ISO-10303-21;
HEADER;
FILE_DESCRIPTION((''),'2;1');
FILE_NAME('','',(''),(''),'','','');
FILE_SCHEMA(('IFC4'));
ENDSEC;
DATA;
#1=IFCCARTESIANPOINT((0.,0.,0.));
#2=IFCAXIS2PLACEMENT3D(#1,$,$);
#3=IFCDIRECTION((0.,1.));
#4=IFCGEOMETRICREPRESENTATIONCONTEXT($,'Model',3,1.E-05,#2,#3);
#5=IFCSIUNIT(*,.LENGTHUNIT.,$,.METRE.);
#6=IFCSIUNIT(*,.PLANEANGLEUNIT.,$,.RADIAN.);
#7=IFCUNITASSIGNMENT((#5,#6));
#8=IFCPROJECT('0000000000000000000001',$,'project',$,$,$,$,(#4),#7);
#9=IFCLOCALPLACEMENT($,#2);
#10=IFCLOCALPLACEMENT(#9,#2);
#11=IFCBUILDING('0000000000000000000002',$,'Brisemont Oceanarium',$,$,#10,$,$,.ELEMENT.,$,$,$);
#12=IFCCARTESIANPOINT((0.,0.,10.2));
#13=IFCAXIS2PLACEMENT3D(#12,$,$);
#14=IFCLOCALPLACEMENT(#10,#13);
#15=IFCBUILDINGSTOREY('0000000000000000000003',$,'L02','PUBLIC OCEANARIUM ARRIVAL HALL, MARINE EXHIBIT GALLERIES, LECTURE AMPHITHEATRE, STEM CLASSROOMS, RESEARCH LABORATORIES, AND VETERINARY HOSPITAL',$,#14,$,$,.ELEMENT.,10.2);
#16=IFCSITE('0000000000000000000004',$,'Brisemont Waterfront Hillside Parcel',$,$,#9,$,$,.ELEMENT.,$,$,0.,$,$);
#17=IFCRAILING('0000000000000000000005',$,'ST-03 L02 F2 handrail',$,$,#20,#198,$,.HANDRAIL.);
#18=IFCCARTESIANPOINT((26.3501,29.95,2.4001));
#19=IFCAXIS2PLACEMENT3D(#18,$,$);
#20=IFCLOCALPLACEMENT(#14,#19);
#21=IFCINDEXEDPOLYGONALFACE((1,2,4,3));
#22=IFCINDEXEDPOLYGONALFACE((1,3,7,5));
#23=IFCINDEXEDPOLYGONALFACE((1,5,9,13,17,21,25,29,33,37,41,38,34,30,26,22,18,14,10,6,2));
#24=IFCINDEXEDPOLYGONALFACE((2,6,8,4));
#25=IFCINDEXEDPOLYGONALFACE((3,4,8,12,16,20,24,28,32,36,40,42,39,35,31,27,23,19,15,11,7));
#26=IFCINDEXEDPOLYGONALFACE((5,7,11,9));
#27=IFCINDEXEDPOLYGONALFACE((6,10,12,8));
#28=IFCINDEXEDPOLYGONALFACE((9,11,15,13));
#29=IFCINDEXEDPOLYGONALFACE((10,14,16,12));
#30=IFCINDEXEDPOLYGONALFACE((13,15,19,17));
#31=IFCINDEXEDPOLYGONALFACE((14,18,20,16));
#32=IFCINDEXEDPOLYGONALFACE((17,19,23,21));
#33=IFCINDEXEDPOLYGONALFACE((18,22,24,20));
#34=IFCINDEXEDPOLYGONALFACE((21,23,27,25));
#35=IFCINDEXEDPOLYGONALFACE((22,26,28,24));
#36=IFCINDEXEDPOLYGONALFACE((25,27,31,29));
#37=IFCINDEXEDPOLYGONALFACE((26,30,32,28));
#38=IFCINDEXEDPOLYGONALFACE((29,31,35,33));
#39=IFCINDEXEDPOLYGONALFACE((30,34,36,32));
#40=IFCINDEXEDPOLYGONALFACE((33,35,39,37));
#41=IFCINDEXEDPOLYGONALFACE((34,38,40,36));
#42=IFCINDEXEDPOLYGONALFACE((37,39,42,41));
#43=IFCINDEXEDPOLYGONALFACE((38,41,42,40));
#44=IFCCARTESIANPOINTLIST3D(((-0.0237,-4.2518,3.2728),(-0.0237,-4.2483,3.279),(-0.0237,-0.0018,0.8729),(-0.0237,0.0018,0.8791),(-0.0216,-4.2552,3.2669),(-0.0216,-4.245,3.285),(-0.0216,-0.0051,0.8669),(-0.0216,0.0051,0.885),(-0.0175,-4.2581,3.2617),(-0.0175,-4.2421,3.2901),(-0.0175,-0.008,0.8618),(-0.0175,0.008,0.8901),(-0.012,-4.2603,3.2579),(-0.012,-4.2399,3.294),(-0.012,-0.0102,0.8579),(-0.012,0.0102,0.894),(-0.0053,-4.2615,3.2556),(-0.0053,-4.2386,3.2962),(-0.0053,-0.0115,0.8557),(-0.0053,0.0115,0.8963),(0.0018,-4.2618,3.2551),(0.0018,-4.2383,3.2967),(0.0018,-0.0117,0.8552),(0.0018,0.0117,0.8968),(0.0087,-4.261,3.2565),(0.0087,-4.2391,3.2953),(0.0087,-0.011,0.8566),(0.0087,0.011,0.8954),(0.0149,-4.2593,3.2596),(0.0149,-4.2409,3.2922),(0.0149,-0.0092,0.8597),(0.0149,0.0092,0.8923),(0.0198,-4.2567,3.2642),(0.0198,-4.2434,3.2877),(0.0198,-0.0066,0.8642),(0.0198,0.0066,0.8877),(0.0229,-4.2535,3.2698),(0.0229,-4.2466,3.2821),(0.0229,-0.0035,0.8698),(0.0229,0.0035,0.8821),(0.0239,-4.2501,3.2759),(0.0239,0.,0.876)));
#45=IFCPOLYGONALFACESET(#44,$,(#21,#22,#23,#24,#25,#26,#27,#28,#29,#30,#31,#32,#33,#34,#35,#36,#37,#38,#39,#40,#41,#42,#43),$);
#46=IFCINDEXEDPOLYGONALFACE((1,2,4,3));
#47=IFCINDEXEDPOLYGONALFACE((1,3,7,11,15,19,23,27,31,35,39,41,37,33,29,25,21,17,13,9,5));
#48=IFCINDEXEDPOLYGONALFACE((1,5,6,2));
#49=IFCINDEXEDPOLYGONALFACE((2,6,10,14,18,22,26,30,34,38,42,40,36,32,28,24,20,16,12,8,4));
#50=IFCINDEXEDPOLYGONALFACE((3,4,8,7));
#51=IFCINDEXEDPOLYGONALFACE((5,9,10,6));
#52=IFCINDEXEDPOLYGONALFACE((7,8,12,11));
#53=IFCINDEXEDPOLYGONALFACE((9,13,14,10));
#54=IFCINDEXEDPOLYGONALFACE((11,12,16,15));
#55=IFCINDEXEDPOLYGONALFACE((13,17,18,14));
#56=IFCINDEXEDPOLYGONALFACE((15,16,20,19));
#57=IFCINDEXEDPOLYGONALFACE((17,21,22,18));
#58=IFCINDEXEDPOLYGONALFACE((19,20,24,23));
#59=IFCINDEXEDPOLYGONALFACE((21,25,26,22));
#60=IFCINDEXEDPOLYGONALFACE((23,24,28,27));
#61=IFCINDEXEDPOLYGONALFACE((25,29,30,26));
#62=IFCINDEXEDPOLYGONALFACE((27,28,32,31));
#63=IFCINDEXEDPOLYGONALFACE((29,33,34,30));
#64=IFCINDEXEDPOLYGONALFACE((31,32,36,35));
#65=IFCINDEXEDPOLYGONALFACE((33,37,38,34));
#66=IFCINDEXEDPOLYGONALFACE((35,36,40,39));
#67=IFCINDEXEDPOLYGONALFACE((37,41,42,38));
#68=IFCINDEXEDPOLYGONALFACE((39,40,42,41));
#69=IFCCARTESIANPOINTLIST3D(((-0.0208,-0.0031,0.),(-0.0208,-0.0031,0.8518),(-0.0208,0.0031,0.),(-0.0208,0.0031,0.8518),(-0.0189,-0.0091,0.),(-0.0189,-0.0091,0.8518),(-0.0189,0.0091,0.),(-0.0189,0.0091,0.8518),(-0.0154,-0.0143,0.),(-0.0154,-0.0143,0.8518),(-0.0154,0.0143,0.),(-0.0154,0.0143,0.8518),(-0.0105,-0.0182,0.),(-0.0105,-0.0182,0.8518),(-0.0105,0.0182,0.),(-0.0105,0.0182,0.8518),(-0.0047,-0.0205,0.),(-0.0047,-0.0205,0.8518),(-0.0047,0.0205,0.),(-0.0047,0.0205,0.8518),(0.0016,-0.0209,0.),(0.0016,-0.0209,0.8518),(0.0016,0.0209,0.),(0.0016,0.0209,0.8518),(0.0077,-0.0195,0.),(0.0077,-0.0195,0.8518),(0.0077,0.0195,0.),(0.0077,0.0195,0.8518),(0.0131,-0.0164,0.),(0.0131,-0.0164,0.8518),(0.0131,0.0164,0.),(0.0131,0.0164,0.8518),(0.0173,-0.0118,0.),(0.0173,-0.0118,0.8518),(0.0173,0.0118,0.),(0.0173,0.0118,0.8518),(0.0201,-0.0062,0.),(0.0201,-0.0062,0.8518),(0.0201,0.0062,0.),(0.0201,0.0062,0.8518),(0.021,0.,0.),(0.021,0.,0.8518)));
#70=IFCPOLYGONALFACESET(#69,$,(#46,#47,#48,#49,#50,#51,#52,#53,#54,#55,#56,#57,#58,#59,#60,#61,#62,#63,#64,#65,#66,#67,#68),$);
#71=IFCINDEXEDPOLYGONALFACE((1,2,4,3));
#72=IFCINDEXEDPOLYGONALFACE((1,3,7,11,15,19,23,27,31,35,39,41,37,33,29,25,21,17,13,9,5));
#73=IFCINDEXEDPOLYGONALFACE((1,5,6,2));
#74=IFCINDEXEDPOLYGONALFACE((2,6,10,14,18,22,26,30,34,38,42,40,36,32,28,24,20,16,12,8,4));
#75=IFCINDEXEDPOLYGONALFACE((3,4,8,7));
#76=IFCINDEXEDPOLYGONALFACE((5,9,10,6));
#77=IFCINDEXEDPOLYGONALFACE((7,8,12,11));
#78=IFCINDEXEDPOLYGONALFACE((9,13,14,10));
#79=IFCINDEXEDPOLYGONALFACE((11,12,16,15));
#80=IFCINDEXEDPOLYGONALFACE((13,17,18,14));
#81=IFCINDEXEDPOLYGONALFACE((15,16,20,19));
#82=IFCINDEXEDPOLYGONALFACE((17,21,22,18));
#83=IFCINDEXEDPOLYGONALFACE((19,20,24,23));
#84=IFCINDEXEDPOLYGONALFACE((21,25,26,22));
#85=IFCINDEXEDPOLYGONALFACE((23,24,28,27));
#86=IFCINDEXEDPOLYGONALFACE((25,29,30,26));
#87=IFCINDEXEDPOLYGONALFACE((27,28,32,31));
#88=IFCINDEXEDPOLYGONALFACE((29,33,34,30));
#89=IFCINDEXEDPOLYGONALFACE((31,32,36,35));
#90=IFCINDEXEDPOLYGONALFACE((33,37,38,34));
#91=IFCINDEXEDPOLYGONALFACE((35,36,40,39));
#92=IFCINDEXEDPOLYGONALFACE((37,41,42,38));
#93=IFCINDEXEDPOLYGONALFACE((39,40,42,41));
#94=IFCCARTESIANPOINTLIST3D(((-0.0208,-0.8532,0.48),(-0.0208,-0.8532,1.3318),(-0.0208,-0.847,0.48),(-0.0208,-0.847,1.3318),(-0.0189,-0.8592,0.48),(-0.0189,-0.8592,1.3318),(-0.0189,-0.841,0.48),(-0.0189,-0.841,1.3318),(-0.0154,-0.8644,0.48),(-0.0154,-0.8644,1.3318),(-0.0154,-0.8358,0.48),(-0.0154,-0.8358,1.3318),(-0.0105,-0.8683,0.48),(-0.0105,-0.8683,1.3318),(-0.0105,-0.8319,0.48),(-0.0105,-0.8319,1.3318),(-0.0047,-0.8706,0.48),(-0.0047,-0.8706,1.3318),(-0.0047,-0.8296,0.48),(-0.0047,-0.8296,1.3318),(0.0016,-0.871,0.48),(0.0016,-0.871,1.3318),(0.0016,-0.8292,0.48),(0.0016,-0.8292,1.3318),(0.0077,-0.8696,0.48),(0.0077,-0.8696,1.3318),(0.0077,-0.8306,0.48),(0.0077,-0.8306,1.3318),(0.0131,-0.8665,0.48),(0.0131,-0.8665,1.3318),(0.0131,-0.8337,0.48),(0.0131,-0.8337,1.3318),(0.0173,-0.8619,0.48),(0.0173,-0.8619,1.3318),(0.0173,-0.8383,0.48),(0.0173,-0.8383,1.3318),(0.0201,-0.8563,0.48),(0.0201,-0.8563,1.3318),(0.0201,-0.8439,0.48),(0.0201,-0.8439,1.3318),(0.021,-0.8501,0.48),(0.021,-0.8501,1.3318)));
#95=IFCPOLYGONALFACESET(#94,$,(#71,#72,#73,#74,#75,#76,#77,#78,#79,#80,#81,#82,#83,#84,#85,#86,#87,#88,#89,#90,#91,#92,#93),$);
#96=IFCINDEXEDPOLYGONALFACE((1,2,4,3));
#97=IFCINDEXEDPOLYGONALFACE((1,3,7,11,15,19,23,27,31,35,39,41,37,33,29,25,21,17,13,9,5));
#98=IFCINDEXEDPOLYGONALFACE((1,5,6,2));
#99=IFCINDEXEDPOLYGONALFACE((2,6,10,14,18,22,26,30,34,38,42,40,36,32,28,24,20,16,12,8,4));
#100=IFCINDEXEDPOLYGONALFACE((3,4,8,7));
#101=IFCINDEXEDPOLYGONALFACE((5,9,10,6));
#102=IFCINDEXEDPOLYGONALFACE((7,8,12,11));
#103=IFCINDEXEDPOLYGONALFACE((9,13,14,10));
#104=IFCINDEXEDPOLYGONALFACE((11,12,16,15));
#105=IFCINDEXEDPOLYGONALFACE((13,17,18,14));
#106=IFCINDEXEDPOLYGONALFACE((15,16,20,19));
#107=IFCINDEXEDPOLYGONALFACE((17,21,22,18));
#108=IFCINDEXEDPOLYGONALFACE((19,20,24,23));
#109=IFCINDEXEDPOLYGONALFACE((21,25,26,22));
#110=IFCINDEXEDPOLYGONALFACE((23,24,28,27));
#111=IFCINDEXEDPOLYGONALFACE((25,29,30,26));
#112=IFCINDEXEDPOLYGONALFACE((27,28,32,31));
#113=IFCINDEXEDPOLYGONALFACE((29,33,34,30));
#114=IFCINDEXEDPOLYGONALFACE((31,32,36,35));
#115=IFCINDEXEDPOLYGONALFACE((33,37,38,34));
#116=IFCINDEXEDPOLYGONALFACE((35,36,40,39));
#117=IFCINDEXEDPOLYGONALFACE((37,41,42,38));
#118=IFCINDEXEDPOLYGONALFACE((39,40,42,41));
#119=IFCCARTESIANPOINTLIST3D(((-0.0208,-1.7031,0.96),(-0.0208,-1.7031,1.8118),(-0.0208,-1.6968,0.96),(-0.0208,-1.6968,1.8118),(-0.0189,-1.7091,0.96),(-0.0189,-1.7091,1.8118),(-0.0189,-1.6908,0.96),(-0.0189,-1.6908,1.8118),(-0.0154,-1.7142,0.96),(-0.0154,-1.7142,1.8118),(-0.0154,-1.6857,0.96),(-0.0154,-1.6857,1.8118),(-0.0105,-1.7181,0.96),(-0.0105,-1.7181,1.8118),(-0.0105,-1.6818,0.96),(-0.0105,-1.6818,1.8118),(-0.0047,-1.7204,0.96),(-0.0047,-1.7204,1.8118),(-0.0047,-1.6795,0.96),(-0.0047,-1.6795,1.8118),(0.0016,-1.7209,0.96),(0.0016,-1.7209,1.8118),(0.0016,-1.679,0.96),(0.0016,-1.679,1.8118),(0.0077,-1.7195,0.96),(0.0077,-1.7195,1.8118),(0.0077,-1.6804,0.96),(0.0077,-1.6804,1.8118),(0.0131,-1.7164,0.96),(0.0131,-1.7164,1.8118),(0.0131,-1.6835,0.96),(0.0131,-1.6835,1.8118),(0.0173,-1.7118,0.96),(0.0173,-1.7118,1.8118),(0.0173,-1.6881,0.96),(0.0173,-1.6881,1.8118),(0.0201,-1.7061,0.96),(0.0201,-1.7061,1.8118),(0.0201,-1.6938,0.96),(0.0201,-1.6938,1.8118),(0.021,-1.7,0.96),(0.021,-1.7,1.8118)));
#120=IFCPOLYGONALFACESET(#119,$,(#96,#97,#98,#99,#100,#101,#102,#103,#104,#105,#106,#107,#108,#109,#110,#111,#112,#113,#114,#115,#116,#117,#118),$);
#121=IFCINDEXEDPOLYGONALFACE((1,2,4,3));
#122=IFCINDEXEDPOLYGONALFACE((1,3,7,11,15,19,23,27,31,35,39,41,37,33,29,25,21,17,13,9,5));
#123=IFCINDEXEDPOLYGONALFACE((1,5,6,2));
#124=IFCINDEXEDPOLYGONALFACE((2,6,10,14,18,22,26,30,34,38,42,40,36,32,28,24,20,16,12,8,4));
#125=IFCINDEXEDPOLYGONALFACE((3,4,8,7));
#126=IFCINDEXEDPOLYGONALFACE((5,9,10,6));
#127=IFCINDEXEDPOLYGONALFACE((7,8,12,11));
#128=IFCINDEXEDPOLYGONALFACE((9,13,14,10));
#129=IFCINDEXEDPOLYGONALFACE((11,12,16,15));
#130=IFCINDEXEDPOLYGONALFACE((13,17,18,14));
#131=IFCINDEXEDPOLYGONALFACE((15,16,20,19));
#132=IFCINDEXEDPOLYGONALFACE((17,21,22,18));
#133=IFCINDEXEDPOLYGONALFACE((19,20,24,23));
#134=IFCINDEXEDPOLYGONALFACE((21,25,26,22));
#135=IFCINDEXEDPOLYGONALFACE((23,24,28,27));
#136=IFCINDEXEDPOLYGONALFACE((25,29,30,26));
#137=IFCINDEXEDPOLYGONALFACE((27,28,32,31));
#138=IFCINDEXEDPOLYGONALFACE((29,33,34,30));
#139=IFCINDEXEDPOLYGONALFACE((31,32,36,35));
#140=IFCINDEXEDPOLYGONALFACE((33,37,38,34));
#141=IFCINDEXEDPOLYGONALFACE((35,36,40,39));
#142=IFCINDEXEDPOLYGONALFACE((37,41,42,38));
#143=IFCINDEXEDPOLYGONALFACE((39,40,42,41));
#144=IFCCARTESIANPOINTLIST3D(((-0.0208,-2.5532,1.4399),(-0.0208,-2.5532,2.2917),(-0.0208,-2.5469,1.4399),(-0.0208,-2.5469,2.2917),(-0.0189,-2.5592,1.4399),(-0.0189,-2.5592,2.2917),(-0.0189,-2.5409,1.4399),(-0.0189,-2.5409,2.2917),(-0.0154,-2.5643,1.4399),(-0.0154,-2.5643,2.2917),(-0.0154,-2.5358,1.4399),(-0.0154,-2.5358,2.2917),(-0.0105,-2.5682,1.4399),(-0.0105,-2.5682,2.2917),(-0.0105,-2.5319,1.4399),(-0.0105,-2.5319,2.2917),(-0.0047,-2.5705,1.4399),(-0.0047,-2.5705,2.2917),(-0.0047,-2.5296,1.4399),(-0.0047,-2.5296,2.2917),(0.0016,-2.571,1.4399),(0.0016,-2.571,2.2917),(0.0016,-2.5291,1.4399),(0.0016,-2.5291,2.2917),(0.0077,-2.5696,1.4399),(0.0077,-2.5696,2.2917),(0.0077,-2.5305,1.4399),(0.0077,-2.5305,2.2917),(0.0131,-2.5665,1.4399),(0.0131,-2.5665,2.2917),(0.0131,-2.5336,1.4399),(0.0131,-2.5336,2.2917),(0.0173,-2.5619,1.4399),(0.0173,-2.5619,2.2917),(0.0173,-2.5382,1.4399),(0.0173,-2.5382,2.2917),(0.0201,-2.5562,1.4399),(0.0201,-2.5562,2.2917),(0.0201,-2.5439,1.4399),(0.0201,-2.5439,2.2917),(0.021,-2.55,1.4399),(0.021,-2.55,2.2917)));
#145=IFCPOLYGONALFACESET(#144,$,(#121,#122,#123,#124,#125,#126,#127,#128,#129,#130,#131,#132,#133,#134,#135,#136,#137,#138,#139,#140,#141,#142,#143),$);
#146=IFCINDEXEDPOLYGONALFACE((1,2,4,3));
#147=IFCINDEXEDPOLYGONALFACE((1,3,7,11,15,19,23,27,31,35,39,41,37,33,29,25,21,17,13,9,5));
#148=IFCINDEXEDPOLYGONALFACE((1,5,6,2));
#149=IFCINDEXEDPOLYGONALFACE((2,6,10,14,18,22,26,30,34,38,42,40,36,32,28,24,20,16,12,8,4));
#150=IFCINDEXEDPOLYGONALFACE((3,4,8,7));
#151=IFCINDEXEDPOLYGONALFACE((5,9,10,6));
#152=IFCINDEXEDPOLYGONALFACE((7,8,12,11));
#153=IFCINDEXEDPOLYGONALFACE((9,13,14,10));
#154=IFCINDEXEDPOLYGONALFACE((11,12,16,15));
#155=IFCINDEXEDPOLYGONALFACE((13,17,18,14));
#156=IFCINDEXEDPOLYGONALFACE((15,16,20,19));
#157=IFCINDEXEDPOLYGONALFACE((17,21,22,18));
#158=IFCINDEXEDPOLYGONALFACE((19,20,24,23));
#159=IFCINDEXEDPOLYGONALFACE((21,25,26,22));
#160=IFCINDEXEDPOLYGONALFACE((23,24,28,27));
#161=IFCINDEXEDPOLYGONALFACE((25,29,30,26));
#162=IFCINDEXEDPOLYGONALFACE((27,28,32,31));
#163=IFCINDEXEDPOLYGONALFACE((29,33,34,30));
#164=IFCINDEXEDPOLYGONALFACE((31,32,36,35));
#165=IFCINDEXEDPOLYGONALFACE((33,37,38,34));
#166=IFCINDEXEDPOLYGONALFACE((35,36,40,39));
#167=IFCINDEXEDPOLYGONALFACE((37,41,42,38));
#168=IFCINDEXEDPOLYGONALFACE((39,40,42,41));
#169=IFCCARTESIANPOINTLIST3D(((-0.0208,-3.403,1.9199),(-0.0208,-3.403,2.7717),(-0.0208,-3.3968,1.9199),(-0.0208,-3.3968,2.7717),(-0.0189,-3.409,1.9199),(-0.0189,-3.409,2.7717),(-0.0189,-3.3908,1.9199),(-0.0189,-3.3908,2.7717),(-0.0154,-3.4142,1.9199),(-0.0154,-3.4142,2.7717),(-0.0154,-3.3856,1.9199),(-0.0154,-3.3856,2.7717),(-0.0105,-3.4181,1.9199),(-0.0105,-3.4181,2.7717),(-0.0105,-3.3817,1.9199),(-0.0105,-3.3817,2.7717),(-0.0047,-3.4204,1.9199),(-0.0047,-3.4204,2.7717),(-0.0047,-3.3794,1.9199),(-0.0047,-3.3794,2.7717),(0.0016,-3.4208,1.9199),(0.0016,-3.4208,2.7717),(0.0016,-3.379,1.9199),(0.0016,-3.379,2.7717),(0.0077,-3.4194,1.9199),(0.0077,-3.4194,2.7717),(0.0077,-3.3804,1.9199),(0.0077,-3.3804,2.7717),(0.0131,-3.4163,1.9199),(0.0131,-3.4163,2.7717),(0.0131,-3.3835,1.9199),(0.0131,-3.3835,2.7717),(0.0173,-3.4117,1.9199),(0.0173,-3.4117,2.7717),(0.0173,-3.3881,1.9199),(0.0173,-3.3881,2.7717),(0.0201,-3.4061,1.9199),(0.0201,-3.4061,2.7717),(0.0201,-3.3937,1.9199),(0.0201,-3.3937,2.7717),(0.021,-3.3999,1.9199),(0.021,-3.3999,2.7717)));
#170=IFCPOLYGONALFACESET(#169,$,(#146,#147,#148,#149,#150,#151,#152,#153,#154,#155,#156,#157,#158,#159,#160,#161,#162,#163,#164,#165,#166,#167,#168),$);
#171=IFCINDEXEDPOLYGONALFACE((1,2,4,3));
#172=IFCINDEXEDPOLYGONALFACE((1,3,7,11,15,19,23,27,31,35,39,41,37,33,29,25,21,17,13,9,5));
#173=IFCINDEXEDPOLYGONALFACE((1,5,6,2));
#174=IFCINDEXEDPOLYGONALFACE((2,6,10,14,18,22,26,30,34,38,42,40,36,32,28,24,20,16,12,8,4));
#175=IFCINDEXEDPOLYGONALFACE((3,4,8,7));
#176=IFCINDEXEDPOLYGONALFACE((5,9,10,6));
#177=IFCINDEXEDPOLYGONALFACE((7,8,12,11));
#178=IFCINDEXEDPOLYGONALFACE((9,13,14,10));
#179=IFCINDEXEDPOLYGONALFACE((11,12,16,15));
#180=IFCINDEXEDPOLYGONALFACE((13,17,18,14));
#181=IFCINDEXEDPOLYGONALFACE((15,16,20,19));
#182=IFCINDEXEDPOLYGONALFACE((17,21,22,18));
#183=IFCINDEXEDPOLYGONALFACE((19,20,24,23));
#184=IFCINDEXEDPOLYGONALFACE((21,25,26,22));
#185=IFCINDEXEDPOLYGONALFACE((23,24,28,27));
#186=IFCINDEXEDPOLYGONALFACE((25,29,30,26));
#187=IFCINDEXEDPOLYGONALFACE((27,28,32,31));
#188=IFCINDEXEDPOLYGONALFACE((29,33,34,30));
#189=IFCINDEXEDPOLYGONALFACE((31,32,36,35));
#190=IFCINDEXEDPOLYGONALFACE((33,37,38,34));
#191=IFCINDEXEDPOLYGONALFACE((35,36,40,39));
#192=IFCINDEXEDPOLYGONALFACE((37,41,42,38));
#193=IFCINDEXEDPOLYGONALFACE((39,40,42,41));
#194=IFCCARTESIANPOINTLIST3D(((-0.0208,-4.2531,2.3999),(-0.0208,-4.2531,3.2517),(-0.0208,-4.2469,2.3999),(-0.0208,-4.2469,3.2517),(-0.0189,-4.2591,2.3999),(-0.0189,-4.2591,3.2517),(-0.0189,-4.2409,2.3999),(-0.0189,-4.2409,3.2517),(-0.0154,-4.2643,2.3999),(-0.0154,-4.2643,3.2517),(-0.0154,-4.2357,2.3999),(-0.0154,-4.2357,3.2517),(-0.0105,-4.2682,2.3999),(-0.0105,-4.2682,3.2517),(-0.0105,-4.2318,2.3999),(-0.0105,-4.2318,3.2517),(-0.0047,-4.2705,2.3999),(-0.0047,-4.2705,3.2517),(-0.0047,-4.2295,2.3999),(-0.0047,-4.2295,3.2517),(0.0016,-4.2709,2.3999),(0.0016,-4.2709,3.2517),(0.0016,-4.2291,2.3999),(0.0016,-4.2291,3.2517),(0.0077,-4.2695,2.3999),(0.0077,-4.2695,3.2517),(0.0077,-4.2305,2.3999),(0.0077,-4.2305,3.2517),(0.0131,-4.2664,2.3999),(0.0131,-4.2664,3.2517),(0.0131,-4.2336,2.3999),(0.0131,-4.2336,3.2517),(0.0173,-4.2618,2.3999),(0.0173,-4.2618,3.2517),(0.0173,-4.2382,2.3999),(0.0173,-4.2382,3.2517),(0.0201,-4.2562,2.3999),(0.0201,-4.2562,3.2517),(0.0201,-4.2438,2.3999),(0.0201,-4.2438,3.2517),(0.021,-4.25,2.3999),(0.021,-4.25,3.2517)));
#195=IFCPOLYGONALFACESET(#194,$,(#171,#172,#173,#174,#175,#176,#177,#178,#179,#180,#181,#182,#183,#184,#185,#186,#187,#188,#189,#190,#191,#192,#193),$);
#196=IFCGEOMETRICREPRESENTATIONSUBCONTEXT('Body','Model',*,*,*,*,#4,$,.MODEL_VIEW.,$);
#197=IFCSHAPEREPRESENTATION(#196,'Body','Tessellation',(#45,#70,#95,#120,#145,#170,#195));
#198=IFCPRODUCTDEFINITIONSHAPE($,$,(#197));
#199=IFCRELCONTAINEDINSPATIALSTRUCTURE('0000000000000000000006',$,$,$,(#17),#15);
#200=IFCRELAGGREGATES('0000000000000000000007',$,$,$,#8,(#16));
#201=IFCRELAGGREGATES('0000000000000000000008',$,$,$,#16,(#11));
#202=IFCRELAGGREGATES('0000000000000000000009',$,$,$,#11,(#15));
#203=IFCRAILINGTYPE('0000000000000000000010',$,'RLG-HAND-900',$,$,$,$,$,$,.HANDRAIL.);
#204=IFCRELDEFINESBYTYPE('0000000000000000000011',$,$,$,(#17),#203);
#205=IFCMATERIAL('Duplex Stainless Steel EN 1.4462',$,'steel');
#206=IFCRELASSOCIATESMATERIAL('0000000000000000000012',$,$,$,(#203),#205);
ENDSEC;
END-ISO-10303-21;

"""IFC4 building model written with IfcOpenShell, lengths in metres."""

from ifc_helpers import new_model, si_unit, direction, frame, origin, origin_2d, place, context, subcontext, project, spatial, circle, extrude, material, type_object, element, save


model = new_model("IFC4")

# Units and contexts
model_context = context("Model", 3, precision=1e-05, world=origin(), true_north=direction((0.0, 1.0)))
body_context = subcontext(model_context, "Body", "Model", "MODEL_VIEW")
ifc_project = project(units=[si_unit("LENGTHUNIT", "METRE"), si_unit("PLANEANGLEUNIT", "RADIAN")], contexts=[model_context])

# Site, building, storey
site_placement = place(None, origin())
site = spatial("IfcSite", under=ifc_project, at=site_placement, Name="Brisemont Waterfront Hillside Parcel", CompositionType="ELEMENT", RefElevation=0.0)
building_placement = place(site_placement, origin())
building = spatial("IfcBuilding", under=site, at=building_placement, Name="Brisemont Oceanarium", CompositionType="ELEMENT")
storey_placement = place(building_placement, frame((0.0, 0.0, 10.2)))
storey = spatial("IfcBuildingStorey", under=building, at=storey_placement, Name="L02", Description="PUBLIC OCEANARIUM ARRIVAL HALL, MARINE EXHIBIT GALLERIES, LECTURE AMPHITHEATRE, STEM CLASSROOMS, RESEARCH LABORATORIES, AND VETERINARY HOSPITAL", CompositionType="ELEMENT", Elevation=10.2)

# Railing
ifc_material_1 = material(Name="Duplex Stainless Steel EN 1.4462", Category="steel")
railing_type_1 = type_object("IfcRailingType", Name="RLG-HAND-900", PredefinedType="HANDRAIL", material=ifc_material_1)
railing_1_placement = place(storey_placement, frame((26.3501, 29.95, 2.4001)))
element("IfcRailing", 1, at=railing_1_placement, inside=storey, type_object=railing_type_1, Name="ST-03 L02 F2 handrail", PredefinedType="HANDRAIL", context=body_context, shape_type="SweptSolid", body=[
    extrude(circle(Radius=0.0239, at=origin_2d()), frame((0.0, 0.0, 0.876), z_axis=(0.0, -0.870762, 0.491704), x_axis=(1.0, 0.0, 0.0)), (0.0, 0.0, 1.0), 4.8809),
    extrude(circle(Radius=0.021, at=origin_2d()), origin(), (0.0, 0.0, 1.0), 0.8518),
    extrude(circle(Radius=0.021, at=origin_2d()), frame((0.0, -0.8501, 0.48)), (0.0, 0.0, 1.0), 0.8518),
    extrude(circle(Radius=0.021, at=origin_2d()), frame((0.0, -1.7, 0.96)), (0.0, 0.0, 1.0), 0.8518),
    extrude(circle(Radius=0.021, at=origin_2d()), frame((0.0, -2.55, 1.4399)), (0.0, 0.0, 1.0), 0.8518),
    extrude(circle(Radius=0.021, at=origin_2d()), frame((0.0, -3.3999, 1.9199)), (0.0, 0.0, 1.0), 0.8518),
    extrude(circle(Radius=0.021, at=origin_2d()), frame((0.0, -4.25, 2.3999)), (0.0, 0.0, 1.0), 0.8518),
])

save(model, "model.ifc")
